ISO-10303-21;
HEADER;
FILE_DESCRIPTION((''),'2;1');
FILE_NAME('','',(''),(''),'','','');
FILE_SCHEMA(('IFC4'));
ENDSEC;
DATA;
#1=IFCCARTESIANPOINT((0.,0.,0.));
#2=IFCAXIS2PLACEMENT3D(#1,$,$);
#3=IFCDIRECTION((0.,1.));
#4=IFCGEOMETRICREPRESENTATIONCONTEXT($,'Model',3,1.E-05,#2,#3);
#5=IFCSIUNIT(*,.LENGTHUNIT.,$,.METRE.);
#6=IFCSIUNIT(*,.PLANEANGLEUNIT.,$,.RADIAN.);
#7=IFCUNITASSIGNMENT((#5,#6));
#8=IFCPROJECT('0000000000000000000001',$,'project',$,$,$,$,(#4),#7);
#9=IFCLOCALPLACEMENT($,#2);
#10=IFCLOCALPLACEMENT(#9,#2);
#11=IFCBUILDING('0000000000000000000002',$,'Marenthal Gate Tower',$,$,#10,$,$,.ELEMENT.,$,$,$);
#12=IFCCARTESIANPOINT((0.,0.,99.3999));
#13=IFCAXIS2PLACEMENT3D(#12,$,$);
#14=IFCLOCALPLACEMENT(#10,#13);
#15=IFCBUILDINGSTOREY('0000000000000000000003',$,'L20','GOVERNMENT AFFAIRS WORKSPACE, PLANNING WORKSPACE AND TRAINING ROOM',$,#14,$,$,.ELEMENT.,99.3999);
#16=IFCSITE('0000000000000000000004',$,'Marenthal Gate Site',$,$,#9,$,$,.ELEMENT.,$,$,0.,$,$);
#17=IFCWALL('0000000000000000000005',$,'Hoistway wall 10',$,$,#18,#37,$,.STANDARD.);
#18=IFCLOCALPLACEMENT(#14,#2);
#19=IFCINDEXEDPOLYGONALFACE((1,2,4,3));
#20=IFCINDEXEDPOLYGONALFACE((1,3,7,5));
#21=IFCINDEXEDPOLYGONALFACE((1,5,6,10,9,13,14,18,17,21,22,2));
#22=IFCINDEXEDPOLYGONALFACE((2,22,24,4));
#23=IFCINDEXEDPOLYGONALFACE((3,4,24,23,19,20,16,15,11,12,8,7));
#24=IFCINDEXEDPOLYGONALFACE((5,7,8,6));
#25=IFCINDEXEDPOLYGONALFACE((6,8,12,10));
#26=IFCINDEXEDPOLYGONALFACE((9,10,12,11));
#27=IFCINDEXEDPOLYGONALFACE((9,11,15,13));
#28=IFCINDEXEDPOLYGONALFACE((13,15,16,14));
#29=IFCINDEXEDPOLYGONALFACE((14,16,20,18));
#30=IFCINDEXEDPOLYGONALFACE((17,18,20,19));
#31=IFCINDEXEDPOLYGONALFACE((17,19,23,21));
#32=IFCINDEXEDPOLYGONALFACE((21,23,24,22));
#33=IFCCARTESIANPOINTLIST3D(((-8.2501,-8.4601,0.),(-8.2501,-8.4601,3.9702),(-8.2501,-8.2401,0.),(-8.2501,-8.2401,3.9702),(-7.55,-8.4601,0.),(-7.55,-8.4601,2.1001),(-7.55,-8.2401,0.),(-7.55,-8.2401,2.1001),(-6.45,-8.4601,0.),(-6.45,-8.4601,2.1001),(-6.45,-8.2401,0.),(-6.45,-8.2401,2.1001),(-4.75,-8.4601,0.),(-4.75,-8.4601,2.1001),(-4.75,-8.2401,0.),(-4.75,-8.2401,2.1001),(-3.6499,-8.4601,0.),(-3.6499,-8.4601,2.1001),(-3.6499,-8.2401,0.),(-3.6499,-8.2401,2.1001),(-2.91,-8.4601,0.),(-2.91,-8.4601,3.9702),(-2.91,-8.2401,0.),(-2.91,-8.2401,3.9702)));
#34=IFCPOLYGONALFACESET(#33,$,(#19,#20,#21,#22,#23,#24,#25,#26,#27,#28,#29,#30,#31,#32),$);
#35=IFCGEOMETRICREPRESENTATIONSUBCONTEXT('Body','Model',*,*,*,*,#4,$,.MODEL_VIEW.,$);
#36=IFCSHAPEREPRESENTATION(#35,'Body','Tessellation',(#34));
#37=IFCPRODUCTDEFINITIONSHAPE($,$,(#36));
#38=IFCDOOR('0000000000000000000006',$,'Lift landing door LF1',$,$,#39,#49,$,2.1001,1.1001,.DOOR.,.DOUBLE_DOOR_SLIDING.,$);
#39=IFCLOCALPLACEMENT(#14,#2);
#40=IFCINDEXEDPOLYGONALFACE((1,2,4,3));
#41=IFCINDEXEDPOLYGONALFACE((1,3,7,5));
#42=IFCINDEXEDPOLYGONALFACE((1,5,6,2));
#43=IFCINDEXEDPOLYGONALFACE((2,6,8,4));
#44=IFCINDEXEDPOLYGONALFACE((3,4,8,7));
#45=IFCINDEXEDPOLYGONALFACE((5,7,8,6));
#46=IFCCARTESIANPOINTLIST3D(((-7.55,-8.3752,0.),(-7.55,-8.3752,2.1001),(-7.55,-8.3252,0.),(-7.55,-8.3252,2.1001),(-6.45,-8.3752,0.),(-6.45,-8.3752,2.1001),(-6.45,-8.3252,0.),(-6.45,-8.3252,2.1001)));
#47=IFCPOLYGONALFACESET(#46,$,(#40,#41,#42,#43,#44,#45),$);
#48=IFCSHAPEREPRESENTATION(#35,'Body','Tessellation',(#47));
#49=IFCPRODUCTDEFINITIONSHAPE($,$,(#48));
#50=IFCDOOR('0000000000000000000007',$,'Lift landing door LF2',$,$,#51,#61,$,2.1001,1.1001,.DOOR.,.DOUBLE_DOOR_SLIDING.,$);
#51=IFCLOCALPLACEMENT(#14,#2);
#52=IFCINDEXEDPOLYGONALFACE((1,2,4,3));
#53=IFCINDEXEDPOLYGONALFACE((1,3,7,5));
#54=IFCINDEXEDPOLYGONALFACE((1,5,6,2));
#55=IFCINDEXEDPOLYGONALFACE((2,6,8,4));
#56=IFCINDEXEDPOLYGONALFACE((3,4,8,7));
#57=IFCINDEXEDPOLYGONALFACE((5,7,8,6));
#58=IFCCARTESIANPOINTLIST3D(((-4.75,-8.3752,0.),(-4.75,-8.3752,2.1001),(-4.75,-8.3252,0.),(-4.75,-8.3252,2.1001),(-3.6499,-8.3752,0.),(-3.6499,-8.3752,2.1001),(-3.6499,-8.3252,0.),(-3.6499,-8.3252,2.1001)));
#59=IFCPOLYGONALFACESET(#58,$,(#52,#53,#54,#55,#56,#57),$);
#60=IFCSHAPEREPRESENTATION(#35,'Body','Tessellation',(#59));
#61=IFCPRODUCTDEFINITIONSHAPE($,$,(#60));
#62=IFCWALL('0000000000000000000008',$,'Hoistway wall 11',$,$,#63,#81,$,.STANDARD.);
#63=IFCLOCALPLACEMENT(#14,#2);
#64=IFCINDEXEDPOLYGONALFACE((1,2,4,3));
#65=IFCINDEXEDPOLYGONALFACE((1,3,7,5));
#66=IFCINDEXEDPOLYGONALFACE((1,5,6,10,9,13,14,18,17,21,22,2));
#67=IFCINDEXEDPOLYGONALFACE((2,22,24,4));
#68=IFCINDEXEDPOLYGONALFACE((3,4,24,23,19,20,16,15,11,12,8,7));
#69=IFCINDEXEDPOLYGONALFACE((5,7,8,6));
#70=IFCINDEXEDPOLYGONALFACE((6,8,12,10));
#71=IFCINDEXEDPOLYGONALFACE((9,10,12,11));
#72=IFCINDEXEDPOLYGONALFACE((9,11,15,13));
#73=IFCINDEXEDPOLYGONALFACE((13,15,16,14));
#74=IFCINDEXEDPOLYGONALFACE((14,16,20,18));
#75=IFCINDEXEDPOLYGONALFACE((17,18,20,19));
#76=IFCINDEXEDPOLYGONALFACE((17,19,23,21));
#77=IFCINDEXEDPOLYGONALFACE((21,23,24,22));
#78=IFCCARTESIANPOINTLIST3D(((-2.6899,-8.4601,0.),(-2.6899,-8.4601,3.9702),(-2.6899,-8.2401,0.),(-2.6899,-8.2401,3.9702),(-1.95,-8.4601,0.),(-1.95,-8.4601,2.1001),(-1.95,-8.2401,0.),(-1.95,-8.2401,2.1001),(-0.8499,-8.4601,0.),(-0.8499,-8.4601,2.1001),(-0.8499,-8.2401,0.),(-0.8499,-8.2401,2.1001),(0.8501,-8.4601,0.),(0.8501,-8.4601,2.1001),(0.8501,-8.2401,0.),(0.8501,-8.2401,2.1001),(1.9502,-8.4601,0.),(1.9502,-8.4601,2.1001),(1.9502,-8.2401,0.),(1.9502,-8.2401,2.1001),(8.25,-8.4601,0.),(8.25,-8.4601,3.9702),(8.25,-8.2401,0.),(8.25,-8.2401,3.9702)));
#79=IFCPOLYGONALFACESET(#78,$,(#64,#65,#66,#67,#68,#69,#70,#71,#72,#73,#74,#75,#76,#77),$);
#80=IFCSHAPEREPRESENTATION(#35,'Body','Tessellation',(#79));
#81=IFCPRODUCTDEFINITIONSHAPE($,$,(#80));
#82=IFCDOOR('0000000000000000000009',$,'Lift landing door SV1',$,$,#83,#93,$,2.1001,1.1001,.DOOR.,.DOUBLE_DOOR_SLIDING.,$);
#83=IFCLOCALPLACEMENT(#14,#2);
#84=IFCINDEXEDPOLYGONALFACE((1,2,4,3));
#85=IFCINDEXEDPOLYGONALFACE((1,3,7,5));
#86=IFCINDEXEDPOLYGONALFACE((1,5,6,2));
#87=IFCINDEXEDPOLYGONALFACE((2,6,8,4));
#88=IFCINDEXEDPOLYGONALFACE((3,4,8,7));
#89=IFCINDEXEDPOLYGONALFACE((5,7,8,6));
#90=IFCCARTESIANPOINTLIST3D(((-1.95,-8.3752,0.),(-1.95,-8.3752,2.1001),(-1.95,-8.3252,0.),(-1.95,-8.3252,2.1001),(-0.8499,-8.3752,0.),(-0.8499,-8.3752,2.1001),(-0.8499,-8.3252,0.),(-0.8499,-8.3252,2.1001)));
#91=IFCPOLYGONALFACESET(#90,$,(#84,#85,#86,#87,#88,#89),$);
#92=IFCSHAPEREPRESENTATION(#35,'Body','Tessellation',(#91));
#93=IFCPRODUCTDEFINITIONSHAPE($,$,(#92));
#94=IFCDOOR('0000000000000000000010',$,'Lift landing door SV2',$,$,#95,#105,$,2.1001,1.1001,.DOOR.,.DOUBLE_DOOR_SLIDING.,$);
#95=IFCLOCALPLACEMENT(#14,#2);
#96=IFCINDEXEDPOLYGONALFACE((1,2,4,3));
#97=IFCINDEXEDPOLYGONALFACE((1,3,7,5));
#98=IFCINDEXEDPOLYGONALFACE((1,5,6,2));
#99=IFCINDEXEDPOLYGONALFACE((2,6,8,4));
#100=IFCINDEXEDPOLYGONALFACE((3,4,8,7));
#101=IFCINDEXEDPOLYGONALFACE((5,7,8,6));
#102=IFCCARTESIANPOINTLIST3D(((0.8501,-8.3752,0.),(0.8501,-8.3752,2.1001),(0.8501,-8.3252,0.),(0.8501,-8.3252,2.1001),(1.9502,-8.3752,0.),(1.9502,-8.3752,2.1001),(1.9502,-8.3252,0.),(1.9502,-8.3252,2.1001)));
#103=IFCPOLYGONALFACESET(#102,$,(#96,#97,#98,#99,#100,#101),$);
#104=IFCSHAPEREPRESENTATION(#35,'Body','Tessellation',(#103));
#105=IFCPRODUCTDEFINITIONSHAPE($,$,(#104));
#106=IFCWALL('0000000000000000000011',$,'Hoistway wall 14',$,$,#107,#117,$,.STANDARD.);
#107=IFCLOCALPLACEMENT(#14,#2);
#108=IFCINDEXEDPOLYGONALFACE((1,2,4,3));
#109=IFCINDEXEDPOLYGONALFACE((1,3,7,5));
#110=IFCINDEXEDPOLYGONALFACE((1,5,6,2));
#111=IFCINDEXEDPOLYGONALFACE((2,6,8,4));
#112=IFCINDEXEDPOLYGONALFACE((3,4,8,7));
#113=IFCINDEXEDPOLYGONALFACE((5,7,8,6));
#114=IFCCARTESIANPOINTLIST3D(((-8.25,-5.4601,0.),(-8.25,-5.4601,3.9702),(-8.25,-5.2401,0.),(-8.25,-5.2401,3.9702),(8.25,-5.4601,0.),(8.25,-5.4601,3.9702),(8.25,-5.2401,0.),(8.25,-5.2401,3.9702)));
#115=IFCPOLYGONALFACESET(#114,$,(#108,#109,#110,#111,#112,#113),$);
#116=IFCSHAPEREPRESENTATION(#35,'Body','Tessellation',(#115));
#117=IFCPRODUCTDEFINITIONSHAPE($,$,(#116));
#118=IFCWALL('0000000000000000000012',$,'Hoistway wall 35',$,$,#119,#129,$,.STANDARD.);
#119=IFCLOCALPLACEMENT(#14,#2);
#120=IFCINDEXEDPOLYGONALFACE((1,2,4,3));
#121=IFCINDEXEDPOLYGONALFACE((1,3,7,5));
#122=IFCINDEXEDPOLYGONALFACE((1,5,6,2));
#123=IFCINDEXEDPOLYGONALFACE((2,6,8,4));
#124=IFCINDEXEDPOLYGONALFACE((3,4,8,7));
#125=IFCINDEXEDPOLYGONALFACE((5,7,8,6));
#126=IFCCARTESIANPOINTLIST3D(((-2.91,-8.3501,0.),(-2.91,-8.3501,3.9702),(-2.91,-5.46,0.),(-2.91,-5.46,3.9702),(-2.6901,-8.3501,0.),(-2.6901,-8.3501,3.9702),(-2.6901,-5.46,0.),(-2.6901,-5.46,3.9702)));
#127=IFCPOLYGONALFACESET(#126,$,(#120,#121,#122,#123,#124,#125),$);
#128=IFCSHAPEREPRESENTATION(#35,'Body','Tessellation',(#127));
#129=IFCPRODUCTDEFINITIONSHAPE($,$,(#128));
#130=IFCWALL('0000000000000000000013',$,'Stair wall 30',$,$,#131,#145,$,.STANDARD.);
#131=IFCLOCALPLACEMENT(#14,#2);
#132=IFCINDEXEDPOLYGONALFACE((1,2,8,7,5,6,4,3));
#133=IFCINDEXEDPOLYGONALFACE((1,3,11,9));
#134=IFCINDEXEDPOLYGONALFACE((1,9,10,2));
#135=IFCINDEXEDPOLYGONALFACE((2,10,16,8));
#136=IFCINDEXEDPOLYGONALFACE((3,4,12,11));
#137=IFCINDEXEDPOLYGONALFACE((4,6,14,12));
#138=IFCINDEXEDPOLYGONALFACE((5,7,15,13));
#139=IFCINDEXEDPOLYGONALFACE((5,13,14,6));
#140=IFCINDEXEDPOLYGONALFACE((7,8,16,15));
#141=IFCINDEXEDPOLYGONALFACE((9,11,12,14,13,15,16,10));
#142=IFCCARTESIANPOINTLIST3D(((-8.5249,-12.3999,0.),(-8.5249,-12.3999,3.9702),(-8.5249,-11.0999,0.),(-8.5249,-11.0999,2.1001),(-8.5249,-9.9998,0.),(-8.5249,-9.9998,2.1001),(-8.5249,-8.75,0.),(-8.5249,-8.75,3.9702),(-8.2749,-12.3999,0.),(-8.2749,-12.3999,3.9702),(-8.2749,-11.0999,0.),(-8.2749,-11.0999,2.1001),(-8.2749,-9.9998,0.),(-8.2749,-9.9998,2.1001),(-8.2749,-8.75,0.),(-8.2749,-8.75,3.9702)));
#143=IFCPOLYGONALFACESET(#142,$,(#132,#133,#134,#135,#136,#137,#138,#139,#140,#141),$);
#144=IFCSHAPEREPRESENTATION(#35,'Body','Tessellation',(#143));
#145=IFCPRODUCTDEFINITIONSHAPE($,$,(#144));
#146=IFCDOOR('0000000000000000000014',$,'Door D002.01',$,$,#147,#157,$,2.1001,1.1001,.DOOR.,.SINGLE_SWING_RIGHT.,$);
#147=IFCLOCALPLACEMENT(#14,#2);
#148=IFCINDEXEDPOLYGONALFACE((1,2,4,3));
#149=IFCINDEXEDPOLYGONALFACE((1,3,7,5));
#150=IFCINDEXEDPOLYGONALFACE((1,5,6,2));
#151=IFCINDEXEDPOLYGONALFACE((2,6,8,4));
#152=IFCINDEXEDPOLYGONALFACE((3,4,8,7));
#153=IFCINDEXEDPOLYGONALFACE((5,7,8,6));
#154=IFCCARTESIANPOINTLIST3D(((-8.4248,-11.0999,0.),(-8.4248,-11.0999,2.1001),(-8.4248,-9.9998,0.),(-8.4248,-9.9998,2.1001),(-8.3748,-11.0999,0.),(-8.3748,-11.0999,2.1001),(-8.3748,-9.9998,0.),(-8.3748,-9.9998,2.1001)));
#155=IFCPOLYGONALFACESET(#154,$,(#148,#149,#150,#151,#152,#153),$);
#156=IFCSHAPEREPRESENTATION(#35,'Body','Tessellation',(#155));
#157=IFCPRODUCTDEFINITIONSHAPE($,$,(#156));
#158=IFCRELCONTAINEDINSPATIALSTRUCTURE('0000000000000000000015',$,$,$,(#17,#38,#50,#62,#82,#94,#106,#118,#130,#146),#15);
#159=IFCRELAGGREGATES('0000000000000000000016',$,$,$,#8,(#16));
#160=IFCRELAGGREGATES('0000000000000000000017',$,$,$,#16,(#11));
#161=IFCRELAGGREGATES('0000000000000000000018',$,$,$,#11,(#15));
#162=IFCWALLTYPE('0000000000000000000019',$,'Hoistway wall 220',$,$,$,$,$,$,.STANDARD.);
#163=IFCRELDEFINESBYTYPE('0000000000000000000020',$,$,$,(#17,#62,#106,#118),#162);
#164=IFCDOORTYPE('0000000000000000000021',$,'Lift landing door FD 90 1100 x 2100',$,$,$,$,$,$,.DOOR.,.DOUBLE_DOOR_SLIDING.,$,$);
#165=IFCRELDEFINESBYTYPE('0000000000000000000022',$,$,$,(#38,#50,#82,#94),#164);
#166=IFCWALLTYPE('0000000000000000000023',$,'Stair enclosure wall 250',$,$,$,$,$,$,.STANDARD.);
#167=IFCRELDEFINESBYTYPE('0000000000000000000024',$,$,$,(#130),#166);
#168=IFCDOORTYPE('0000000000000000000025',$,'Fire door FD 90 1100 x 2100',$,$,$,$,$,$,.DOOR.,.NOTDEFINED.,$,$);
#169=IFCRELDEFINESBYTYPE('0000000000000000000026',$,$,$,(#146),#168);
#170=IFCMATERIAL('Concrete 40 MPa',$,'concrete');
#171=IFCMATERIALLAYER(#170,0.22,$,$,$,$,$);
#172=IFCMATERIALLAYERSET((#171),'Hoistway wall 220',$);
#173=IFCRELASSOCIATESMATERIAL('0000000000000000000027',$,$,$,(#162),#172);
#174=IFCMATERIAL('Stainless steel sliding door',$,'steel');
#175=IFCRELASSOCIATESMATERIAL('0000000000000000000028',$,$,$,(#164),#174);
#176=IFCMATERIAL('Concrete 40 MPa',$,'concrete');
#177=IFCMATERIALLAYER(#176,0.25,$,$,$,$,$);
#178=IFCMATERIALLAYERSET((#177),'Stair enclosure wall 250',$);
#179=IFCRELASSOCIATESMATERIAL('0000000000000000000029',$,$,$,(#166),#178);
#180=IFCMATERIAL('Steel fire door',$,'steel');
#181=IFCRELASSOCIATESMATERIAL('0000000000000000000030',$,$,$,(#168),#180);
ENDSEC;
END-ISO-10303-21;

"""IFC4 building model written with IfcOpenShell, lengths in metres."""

from ifc_helpers import new_model, si_unit, direction, frame, frame_2d, origin, place, context, subcontext, project, spatial, rectangle, extrude, material, layer, layer_set, type_object, element, fill, save


model = new_model("IFC4")

# Units and contexts
model_context = context("Model", 3, precision=1e-05, world=origin(), true_north=direction((0.0, 1.0)))
body_context = subcontext(model_context, "Body", "Model", "MODEL_VIEW")
ifc_project = project(units=[si_unit("LENGTHUNIT", "METRE"), si_unit("PLANEANGLEUNIT", "RADIAN")], contexts=[model_context])

# Site, building, storey
site_placement = place(None, origin())
site = spatial("IfcSite", under=ifc_project, at=site_placement, Name="Marenthal Gate Site", CompositionType="ELEMENT", RefElevation=0.0)
building_placement = place(site_placement, origin())
building = spatial("IfcBuilding", under=site, at=building_placement, Name="Marenthal Gate Tower", CompositionType="ELEMENT")
storey_placement = place(building_placement, frame((0.0, 0.0, 99.3999)))
storey = spatial("IfcBuildingStorey", under=building, at=storey_placement, Name="L20", Description="GOVERNMENT AFFAIRS WORKSPACE, PLANNING WORKSPACE AND TRAINING ROOM", CompositionType="ELEMENT", Elevation=99.3999)

# Walls, openings, doors
ifc_material_1 = material(Name="Concrete 40 MPa", Category="concrete")
ifc_layer_1 = layer(ifc_material_1, 0.22)
ifc_layer_set_1 = layer_set([ifc_layer_1], Name="Hoistway wall 220")
wall_type_1 = type_object("IfcWallType", Name="Hoistway wall 220", PredefinedType="STANDARD", material=ifc_layer_set_1)
wall_1_placement = place(storey_placement, frame((-8.25, -8.3501, 0.0), z_axis=(0.0, 0.0, 1.0), x_axis=(1.0, 0.0, 0.0)))
wall_1 = element("IfcWall", 1, at=wall_1_placement, inside=storey, type_object=wall_type_1, Name="Hoistway wall 10", PredefinedType="STANDARD", context=body_context, shape_type="SweptSolid", body=[
    extrude(rectangle(XDim=5.3401, YDim=0.22, at=frame_2d((2.6699, 0.0))), origin(), (0.0, 0.0, 1.0), 3.9702),
])
opening_1_placement = place(wall_1_placement, frame((0.7, 0.0, 0.0)))
opening_1 = element("IfcOpeningElement", 2, at=opening_1_placement, cuts=wall_1, PredefinedType="OPENING", context=body_context, shape_type="SweptSolid", body=[
    extrude(rectangle(XDim=1.1001, YDim=2.1001, at=frame_2d((0.55, 1.05))), frame((0.0, 0.1201, 0.0), z_axis=(0.0, -1.0, 0.0), x_axis=(1.0, 0.0, 0.0)), (0.0, 0.0, 1.0), 0.24),
])
opening_2_placement = place(wall_1_placement, frame((3.5, 0.0, 0.0)))
opening_2 = element("IfcOpeningElement", 3, at=opening_2_placement, cuts=wall_1, PredefinedType="OPENING", context=body_context, shape_type="SweptSolid", body=[
    extrude(rectangle(XDim=1.1001, YDim=2.1001, at=frame_2d((0.55, 1.05))), frame((0.0, 0.1201, 0.0), z_axis=(0.0, -1.0, 0.0), x_axis=(1.0, 0.0, 0.0)), (0.0, 0.0, 1.0), 0.24),
])
ifc_material_2 = material(Name="Stainless steel sliding door", Category="steel")
door_type_1 = type_object("IfcDoorType", Name="Lift landing door FD 90 1100 x 2100", OperationType="DOUBLE_DOOR_SLIDING", PredefinedType="DOOR", material=ifc_material_2)
door_1_placement = place(opening_1_placement, origin())
door_1 = element("IfcDoor", 4, at=door_1_placement, inside=storey, type_object=door_type_1, Name="Lift landing door LF1", OperationType="DOUBLE_DOOR_SLIDING", OverallHeight=2.1001, OverallWidth=1.1001, PredefinedType="DOOR", context=body_context, shape_type="SweptSolid", body=[
    extrude(rectangle(XDim=1.1001, YDim=2.1001, at=frame_2d((0.55, 1.05))), frame((0.0, 0.0249, 0.0), z_axis=(0.0, -1.0, 0.0), x_axis=(1.0, 0.0, 0.0)), (0.0, 0.0, 1.0), 0.05),
])
fill(opening_1, door_1)
door_2_placement = place(opening_2_placement, origin())
door_2 = element("IfcDoor", 5, at=door_2_placement, inside=storey, type_object=door_type_1, Name="Lift landing door LF2", OperationType="DOUBLE_DOOR_SLIDING", OverallHeight=2.1001, OverallWidth=1.1001, PredefinedType="DOOR", context=body_context, shape_type="SweptSolid", body=[
    extrude(rectangle(XDim=1.1001, YDim=2.1001, at=frame_2d((0.55, 1.05))), frame((0.0, 0.0249, 0.0), z_axis=(0.0, -1.0, 0.0), x_axis=(1.0, 0.0, 0.0)), (0.0, 0.0, 1.0), 0.05),
])
fill(opening_2, door_2)
wall_2_placement = place(storey_placement, frame((-2.6899, -8.3501, 0.0), z_axis=(0.0, 0.0, 1.0), x_axis=(1.0, 0.0, 0.0)))
wall_2 = element("IfcWall", 6, at=wall_2_placement, inside=storey, type_object=wall_type_1, Name="Hoistway wall 11", PredefinedType="STANDARD", context=body_context, shape_type="SweptSolid", body=[
    extrude(rectangle(XDim=10.9399, YDim=0.22, at=frame_2d((5.47, 0.0))), origin(), (0.0, 0.0, 1.0), 3.9702),
])
opening_3_placement = place(wall_2_placement, frame((0.74, 0.0, 0.0)))
opening_3 = element("IfcOpeningElement", 7, at=opening_3_placement, cuts=wall_2, PredefinedType="OPENING", context=body_context, shape_type="SweptSolid", body=[
    extrude(rectangle(XDim=1.1001, YDim=2.1001, at=frame_2d((0.55, 1.05))), frame((0.0, 0.1201, 0.0), z_axis=(0.0, -1.0, 0.0), x_axis=(1.0, 0.0, 0.0)), (0.0, 0.0, 1.0), 0.24),
])
opening_4_placement = place(wall_2_placement, frame((3.54, 0.0, 0.0)))
opening_4 = element("IfcOpeningElement", 8, at=opening_4_placement, cuts=wall_2, PredefinedType="OPENING", context=body_context, shape_type="SweptSolid", body=[
    extrude(rectangle(XDim=1.1001, YDim=2.1001, at=frame_2d((0.55, 1.05))), frame((0.0, 0.1201, 0.0), z_axis=(0.0, -1.0, 0.0), x_axis=(1.0, 0.0, 0.0)), (0.0, 0.0, 1.0), 0.24),
])
door_3_placement = place(opening_3_placement, origin())
door_3 = element("IfcDoor", 9, at=door_3_placement, inside=storey, type_object=door_type_1, Name="Lift landing door SV1", OperationType="DOUBLE_DOOR_SLIDING", OverallHeight=2.1001, OverallWidth=1.1001, PredefinedType="DOOR", context=body_context, shape_type="SweptSolid", body=[
    extrude(rectangle(XDim=1.1001, YDim=2.1001, at=frame_2d((0.55, 1.05))), frame((0.0, 0.0249, 0.0), z_axis=(0.0, -1.0, 0.0), x_axis=(1.0, 0.0, 0.0)), (0.0, 0.0, 1.0), 0.05),
])
fill(opening_3, door_3)
door_4_placement = place(opening_4_placement, origin())
door_4 = element("IfcDoor", 10, at=door_4_placement, inside=storey, type_object=door_type_1, Name="Lift landing door SV2", OperationType="DOUBLE_DOOR_SLIDING", OverallHeight=2.1001, OverallWidth=1.1001, PredefinedType="DOOR", context=body_context, shape_type="SweptSolid", body=[
    extrude(rectangle(XDim=1.1001, YDim=2.1001, at=frame_2d((0.55, 1.05))), frame((0.0, 0.0249, 0.0), z_axis=(0.0, -1.0, 0.0), x_axis=(1.0, 0.0, 0.0)), (0.0, 0.0, 1.0), 0.05),
])
fill(opening_4, door_4)

# Walls
wall_3_placement = place(storey_placement, frame((-8.25, -5.3501, 0.0), z_axis=(0.0, 0.0, 1.0), x_axis=(1.0, 0.0, 0.0)))
element("IfcWall", 11, at=wall_3_placement, inside=storey, type_object=wall_type_1, Name="Hoistway wall 14", PredefinedType="STANDARD", context=body_context, shape_type="SweptSolid", body=[
    extrude(rectangle(XDim=16.5, YDim=0.22, at=frame_2d((8.25, 0.0))), origin(), (0.0, 0.0, 1.0), 3.9702),
])
wall_4_placement = place(storey_placement, frame((-2.8, -8.3501, 0.0), z_axis=(0.0, 0.0, 1.0), x_axis=(0.0, 1.0, 0.0)))
element("IfcWall", 12, at=wall_4_placement, inside=storey, type_object=wall_type_1, Name="Hoistway wall 35", PredefinedType="STANDARD", context=body_context, shape_type="SweptSolid", body=[
    extrude(rectangle(XDim=2.8901, YDim=0.22, at=frame_2d((1.4451, 0.0))), origin(), (0.0, 0.0, 1.0), 3.9702),
])

# Wall, opening, door
ifc_material_3 = material(Name="Concrete 40 MPa", Category="concrete")
ifc_layer_2 = layer(ifc_material_3, 0.25)
ifc_layer_set_2 = layer_set([ifc_layer_2], Name="Stair enclosure wall 250")
wall_type_2 = type_object("IfcWallType", Name="Stair enclosure wall 250", PredefinedType="STANDARD", material=ifc_layer_set_2)
wall_5_placement = place(storey_placement, frame((-8.3999, -12.3999, 0.0), z_axis=(0.0, 0.0, 1.0), x_axis=(0.0, 1.0, 0.0)))
wall_5 = element("IfcWall", 13, at=wall_5_placement, inside=storey, type_object=wall_type_2, Name="Stair wall 30", PredefinedType="STANDARD", context=body_context, shape_type="SweptSolid", body=[
    extrude(rectangle(XDim=3.6499, YDim=0.25, at=frame_2d((1.825, 0.0))), origin(), (0.0, 0.0, 1.0), 3.9702),
])
opening_5_placement = place(wall_5_placement, frame((1.3, 0.0, 0.0)))
opening_5 = element("IfcOpeningElement", 14, at=opening_5_placement, cuts=wall_5, PredefinedType="OPENING", context=body_context, shape_type="SweptSolid", body=[
    extrude(rectangle(XDim=1.1001, YDim=2.1001, at=frame_2d((0.55, 1.05))), frame((0.0, 0.135, 0.0), z_axis=(0.0, -1.0, 0.0), x_axis=(1.0, 0.0, 0.0)), (0.0, 0.0, 1.0), 0.27),
])
ifc_material_4 = material(Name="Steel fire door", Category="steel")
door_type_2 = type_object("IfcDoorType", Name="Fire door FD 90 1100 x 2100", OperationType="NOTDEFINED", PredefinedType="DOOR", material=ifc_material_4)
door_5_placement = place(opening_5_placement, origin())
door_5 = element("IfcDoor", 15, at=door_5_placement, inside=storey, type_object=door_type_2, Name="Door D002.01", OperationType="SINGLE_SWING_RIGHT", OverallHeight=2.1001, OverallWidth=1.1001, PredefinedType="DOOR", context=body_context, shape_type="SweptSolid", body=[
    extrude(rectangle(XDim=1.1001, YDim=2.1001, at=frame_2d((0.55, 1.05))), frame((0.0, 0.0249, 0.0), z_axis=(0.0, -1.0, 0.0), x_axis=(1.0, 0.0, 0.0)), (0.0, 0.0, 1.0), 0.05),
])
fill(opening_5, door_5)

save(model, "model.ifc")
